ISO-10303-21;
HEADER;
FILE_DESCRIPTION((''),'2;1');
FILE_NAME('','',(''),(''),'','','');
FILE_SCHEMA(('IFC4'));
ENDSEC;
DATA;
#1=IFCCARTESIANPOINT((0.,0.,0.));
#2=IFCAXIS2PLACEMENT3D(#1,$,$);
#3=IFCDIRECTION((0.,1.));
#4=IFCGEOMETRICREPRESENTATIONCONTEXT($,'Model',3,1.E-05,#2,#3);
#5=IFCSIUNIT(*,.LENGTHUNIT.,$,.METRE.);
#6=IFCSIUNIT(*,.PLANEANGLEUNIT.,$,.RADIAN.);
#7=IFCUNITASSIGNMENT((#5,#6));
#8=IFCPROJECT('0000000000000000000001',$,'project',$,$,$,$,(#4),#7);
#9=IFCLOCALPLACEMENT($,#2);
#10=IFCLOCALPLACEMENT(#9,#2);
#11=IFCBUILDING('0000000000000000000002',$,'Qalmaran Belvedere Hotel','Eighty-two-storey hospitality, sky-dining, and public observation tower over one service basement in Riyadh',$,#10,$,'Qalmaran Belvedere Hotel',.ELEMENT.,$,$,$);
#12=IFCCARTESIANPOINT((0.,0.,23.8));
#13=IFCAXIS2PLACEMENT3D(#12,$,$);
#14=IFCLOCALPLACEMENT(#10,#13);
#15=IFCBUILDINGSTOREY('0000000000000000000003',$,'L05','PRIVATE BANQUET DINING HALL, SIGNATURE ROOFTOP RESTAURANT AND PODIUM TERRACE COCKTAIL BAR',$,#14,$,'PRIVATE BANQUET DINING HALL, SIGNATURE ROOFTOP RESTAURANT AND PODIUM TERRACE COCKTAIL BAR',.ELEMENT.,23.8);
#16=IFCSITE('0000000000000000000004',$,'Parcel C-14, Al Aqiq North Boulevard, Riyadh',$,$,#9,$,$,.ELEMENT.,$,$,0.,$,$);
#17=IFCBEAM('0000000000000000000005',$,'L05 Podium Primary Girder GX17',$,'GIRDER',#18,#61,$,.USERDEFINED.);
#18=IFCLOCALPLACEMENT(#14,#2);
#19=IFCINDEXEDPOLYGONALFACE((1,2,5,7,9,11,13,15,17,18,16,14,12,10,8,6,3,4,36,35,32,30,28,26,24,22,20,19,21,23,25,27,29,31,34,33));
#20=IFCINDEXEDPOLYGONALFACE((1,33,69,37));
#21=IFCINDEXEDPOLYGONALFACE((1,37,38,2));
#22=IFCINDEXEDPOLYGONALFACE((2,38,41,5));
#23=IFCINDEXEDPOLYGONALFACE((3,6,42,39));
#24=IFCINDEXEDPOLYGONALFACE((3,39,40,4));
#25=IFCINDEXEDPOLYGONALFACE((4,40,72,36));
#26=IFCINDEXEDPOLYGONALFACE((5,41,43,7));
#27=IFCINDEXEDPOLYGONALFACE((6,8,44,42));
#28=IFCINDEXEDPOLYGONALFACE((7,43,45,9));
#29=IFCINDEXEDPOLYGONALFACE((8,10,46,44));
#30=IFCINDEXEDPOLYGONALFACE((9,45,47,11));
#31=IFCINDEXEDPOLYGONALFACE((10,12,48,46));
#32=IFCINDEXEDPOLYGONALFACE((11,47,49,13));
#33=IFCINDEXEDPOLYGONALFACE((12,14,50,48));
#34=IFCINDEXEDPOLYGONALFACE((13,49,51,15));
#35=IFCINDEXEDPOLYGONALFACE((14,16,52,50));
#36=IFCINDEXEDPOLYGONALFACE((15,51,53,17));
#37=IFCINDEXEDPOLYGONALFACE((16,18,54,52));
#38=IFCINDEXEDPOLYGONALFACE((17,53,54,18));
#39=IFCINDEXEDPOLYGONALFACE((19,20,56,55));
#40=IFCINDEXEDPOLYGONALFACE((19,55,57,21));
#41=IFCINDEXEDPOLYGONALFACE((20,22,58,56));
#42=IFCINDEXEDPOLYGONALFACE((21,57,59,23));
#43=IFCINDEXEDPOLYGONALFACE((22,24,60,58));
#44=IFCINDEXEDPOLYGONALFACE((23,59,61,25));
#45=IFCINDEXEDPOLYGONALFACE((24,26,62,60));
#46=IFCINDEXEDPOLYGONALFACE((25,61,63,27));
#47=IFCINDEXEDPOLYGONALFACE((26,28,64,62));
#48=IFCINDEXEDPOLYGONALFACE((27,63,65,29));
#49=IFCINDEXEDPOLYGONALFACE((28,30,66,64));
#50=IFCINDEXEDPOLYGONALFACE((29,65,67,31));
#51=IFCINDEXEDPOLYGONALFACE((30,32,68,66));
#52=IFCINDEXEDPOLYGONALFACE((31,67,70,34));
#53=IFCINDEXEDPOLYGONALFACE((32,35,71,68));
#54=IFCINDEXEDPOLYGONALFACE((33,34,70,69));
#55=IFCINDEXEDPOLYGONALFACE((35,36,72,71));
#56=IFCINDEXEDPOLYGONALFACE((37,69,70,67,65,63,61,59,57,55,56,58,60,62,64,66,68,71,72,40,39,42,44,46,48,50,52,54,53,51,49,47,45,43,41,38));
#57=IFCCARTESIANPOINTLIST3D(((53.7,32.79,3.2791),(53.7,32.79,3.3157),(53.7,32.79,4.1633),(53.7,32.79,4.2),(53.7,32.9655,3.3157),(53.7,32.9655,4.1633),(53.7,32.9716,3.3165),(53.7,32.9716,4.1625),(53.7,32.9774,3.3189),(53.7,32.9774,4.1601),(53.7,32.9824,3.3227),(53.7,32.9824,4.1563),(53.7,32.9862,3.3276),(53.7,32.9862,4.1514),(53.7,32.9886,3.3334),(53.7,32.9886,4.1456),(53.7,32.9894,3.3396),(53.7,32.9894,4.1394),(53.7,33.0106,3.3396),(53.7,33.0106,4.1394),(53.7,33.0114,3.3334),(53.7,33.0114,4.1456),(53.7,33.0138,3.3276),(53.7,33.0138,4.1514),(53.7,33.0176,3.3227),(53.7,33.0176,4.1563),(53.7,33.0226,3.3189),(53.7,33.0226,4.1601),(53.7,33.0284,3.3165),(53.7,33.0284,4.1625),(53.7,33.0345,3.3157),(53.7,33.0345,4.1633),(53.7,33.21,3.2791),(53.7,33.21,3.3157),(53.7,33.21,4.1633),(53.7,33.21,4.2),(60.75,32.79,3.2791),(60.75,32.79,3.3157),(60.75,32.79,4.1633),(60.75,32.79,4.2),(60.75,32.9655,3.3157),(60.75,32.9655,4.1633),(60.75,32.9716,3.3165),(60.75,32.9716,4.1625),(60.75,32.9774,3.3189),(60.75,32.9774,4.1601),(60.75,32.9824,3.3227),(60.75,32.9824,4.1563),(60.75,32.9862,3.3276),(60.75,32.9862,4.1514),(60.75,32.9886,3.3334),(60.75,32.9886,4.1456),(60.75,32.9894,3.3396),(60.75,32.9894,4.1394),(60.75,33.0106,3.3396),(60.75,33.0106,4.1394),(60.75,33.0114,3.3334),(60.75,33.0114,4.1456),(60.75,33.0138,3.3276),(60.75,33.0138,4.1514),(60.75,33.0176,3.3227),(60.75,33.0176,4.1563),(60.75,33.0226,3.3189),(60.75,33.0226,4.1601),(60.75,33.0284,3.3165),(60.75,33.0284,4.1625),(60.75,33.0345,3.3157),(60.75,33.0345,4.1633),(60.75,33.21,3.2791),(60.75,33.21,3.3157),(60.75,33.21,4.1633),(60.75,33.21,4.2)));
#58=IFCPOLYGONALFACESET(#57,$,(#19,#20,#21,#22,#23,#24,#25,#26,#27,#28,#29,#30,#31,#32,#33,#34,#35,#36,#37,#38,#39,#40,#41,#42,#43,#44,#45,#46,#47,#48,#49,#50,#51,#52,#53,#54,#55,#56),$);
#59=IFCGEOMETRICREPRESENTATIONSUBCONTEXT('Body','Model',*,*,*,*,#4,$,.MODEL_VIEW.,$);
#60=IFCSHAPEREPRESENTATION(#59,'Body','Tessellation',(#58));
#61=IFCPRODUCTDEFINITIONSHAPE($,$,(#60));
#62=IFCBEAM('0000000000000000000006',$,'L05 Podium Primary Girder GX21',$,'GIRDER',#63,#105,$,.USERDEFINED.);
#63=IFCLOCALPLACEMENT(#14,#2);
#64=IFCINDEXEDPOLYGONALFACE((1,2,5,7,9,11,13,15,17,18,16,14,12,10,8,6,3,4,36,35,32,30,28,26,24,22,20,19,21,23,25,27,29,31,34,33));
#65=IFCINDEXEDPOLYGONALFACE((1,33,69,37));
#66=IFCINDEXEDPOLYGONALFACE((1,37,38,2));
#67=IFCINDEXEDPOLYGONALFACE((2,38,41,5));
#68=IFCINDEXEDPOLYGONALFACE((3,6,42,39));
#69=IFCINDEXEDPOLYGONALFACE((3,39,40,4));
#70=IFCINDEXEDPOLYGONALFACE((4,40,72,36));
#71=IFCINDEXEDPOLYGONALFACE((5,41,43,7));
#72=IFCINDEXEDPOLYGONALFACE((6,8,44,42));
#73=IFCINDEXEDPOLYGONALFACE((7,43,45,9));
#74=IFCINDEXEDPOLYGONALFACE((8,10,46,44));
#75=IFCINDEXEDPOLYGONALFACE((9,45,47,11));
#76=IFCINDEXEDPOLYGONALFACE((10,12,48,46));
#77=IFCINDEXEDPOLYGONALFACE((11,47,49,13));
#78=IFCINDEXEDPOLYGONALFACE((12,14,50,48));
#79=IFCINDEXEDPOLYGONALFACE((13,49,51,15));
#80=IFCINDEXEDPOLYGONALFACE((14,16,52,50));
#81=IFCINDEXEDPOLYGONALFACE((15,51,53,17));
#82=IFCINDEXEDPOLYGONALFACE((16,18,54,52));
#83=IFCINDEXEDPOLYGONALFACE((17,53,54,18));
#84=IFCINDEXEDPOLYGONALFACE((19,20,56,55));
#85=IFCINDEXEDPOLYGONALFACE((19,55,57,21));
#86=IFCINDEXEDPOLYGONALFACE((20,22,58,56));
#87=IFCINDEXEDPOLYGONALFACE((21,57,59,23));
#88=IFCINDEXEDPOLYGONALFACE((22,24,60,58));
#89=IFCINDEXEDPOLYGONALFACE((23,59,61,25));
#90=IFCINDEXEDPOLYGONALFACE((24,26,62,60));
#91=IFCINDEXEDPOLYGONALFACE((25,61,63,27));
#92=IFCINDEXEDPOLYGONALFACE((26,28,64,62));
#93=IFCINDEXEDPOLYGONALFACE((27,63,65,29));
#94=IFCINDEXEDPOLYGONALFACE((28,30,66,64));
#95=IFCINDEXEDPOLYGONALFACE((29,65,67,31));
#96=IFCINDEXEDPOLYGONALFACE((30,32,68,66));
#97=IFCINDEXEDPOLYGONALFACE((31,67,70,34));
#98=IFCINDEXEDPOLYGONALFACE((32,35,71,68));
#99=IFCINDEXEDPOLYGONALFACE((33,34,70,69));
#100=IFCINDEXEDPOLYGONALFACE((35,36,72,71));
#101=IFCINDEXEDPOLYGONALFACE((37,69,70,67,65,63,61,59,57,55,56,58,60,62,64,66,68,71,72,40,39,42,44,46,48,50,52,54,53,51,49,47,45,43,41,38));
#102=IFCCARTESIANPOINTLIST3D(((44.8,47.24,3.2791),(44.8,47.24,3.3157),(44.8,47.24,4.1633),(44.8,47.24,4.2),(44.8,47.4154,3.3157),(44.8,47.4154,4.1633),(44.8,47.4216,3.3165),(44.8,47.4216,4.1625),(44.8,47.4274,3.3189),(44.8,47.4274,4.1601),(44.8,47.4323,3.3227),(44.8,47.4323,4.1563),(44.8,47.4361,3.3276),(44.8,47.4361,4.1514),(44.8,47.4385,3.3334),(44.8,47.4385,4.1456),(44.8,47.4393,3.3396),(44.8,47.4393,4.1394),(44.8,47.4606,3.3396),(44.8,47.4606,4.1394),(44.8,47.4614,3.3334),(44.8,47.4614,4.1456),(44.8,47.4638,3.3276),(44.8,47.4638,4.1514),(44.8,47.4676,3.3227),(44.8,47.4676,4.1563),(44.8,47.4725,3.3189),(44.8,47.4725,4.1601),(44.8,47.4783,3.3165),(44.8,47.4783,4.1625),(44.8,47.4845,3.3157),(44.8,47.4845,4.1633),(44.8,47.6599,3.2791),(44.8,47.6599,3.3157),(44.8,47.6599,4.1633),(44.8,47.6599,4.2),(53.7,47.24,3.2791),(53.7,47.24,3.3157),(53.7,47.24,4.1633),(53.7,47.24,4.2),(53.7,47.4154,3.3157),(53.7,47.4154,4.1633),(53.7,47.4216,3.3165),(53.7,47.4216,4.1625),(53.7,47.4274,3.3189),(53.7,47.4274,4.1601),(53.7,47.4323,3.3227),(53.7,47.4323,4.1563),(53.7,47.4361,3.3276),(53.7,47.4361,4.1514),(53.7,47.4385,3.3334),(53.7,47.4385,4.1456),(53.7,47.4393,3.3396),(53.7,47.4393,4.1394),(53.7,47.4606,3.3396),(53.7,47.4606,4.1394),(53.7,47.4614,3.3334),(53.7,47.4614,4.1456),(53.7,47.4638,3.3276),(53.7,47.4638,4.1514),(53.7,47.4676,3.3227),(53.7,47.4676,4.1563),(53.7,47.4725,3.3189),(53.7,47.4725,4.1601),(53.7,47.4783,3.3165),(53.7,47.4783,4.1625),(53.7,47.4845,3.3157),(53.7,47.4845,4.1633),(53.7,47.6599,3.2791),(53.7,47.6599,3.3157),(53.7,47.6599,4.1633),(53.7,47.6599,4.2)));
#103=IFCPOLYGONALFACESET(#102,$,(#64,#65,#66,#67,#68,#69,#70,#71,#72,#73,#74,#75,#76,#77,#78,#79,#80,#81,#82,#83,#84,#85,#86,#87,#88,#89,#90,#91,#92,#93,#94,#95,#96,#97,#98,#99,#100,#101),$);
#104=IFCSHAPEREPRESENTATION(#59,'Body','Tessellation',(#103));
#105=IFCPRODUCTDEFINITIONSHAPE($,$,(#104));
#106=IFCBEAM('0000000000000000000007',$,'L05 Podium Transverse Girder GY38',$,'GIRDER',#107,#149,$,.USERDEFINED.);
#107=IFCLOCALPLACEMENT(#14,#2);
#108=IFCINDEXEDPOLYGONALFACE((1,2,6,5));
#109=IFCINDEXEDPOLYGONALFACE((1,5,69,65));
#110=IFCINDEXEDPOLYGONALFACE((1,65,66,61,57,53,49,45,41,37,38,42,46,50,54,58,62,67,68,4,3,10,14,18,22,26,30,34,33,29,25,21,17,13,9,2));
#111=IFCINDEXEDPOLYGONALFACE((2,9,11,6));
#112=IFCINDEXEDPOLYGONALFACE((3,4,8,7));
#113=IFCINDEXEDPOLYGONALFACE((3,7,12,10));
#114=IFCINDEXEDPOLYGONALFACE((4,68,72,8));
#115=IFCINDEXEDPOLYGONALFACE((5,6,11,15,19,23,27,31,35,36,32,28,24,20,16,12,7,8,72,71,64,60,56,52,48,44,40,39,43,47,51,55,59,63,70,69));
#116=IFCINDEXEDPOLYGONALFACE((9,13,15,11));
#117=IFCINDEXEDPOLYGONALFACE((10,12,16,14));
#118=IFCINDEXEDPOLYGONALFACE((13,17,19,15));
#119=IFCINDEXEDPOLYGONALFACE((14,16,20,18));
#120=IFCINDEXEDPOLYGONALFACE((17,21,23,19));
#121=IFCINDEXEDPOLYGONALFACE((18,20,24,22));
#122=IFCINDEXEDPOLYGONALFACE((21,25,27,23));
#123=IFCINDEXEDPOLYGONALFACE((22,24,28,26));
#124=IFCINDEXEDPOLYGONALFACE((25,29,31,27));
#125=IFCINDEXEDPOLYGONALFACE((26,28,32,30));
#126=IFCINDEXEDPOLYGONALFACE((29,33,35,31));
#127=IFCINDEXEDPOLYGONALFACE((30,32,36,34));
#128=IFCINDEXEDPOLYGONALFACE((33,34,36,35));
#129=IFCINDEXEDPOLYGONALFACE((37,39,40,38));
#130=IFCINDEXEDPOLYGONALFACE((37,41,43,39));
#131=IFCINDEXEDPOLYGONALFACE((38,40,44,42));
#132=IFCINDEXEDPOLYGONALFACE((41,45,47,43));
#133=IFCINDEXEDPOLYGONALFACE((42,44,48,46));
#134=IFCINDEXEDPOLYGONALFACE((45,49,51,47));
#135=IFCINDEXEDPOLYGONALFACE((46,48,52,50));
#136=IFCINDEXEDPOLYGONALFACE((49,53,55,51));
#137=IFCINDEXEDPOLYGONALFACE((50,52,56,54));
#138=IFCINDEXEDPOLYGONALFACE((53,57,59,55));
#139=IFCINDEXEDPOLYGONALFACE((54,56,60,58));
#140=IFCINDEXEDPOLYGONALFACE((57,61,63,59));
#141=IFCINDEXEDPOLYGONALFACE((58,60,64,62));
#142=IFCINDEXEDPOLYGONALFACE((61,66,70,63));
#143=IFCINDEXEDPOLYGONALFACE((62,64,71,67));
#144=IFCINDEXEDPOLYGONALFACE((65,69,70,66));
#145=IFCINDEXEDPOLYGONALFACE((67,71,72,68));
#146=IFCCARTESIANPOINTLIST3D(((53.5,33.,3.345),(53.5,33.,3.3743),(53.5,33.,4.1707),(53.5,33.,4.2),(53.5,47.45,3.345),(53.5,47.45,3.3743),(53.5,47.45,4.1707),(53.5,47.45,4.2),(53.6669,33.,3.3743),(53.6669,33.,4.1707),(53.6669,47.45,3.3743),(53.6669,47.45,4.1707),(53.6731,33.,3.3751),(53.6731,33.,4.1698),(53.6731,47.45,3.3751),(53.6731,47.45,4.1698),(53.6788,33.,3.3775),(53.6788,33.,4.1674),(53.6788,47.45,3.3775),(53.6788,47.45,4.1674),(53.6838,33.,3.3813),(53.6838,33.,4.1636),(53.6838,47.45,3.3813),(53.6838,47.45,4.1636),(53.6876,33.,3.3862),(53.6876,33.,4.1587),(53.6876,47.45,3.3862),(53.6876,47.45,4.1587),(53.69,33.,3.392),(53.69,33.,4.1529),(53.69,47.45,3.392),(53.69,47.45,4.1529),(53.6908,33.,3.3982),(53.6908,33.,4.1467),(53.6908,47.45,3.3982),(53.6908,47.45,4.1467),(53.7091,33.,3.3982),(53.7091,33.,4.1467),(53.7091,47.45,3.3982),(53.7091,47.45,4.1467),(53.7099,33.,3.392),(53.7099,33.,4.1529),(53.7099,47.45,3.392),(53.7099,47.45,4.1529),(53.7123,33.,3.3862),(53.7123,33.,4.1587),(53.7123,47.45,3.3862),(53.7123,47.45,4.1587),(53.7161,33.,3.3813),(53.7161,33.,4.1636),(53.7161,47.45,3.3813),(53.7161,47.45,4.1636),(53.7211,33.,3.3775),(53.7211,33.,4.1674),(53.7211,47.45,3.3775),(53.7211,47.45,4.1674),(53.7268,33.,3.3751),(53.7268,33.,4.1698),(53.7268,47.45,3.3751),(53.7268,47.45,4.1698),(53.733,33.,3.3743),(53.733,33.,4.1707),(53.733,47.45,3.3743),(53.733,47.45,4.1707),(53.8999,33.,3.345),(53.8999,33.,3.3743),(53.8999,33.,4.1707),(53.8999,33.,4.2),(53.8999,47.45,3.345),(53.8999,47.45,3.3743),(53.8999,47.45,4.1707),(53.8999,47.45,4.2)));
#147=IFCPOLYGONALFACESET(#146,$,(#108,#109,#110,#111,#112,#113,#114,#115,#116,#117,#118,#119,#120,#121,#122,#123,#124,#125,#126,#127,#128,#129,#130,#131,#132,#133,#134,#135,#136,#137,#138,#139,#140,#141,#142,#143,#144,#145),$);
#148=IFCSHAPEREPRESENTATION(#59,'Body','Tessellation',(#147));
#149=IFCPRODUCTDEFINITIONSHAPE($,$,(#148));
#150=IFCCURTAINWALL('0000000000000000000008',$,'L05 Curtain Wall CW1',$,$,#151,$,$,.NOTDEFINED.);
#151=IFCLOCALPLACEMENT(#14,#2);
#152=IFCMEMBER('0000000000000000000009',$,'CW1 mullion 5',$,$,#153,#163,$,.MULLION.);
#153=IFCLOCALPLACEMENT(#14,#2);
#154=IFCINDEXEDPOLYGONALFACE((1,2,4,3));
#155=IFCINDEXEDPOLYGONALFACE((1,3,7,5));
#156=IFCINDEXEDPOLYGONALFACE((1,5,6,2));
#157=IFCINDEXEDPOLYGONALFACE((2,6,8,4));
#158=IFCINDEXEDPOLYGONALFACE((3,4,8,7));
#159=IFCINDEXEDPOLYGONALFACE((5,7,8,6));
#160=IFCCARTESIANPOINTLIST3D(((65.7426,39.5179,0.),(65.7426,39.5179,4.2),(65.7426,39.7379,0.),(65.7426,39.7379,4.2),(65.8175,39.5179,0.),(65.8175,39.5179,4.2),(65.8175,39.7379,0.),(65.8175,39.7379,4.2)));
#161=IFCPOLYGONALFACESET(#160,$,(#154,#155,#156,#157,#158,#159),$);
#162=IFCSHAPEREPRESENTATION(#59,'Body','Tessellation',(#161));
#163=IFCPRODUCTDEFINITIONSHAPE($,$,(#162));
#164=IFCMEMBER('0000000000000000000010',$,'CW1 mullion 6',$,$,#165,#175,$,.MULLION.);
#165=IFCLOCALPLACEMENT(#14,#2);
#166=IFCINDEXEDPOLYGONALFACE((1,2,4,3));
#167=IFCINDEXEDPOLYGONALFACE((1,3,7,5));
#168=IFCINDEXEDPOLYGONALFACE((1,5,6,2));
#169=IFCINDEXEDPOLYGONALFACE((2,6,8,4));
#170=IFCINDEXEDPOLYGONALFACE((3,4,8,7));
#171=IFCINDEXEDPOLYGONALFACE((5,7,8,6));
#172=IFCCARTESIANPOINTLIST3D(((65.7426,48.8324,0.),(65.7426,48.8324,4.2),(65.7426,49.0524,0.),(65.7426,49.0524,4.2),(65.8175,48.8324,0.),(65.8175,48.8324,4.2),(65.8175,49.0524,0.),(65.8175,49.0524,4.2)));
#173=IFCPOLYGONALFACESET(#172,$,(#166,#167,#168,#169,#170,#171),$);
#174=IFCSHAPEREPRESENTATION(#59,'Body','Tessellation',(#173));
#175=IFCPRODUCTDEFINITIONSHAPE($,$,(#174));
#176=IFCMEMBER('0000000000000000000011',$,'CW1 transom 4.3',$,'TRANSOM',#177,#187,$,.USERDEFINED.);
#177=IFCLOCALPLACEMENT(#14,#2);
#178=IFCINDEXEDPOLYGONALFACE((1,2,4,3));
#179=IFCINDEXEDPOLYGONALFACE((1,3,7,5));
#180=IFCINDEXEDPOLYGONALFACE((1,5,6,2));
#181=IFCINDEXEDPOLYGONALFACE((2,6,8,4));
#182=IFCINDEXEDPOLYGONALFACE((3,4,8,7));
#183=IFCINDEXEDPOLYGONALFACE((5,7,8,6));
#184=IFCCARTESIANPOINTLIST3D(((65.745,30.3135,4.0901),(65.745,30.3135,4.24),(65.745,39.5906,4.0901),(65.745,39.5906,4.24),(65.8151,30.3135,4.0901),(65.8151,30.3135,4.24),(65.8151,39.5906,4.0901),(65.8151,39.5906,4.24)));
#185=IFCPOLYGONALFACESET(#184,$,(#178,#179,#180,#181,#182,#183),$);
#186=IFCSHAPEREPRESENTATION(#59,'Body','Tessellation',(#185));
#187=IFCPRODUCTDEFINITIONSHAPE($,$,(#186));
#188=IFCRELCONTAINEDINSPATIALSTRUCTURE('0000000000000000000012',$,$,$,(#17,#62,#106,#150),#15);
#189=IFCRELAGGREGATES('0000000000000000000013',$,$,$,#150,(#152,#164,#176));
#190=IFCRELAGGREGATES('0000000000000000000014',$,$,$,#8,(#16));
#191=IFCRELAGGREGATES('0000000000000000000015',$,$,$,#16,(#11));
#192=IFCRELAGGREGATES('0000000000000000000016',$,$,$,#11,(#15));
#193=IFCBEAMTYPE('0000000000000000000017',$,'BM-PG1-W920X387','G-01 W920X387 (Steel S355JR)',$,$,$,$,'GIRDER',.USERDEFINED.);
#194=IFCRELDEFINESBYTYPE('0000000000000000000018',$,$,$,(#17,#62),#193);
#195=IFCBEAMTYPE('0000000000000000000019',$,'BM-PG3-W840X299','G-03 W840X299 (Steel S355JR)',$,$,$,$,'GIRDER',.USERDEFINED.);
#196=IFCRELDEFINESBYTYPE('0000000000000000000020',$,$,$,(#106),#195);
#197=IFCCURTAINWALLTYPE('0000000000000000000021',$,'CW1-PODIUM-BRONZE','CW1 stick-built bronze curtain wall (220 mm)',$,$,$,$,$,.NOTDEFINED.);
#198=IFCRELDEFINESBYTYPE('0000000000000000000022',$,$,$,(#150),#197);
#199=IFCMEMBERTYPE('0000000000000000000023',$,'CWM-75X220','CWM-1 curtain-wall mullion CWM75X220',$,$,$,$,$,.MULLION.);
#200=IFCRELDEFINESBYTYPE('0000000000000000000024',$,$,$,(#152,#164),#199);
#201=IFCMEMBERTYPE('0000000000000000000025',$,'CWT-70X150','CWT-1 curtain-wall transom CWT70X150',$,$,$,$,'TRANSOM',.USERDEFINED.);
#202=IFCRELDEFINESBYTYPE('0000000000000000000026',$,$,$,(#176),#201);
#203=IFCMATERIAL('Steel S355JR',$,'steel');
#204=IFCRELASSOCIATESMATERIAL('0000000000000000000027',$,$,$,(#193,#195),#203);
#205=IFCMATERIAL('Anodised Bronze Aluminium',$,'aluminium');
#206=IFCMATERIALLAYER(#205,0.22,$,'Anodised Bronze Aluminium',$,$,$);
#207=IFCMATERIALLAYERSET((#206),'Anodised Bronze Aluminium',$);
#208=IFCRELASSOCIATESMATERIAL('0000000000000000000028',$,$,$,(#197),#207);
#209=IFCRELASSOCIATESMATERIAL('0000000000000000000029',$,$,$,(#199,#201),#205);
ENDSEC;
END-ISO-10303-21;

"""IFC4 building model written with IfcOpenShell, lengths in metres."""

from ifc_helpers import new_model, si_unit, direction, frame, origin, origin_2d, place, context, subcontext, project, spatial, rectangle, i_section, extrude, material, layer, layer_set, material_profile, profile_set, type_object, element, aggregate, save


model = new_model("IFC4")

# Units and contexts
model_context = context("Model", 3, precision=1e-05, world=origin(), true_north=direction((0.0, 1.0)))
body_context = subcontext(model_context, "Body", "Model", "MODEL_VIEW")
ifc_project = project(units=[si_unit("LENGTHUNIT", "METRE"), si_unit("PLANEANGLEUNIT", "RADIAN")], contexts=[model_context])

# Site, building, storey
site_placement = place(None, origin())
site = spatial("IfcSite", under=ifc_project, at=site_placement, Name="Parcel C-14, Al Aqiq North Boulevard, Riyadh", CompositionType="ELEMENT", RefElevation=0.0)
building_placement = place(site_placement, origin())
building = spatial("IfcBuilding", under=site, at=building_placement, Name="Qalmaran Belvedere Hotel", Description="Eighty-two-storey hospitality, sky-dining, and public observation tower over one service basement in Riyadh", LongName="Qalmaran Belvedere Hotel", CompositionType="ELEMENT")
storey_placement = place(building_placement, frame((0.0, 0.0, 23.8)))
storey = spatial("IfcBuildingStorey", under=building, at=storey_placement, Name="L05", Description="PRIVATE BANQUET DINING HALL, SIGNATURE ROOFTOP RESTAURANT AND PODIUM TERRACE COCKTAIL BAR", LongName="PRIVATE BANQUET DINING HALL, SIGNATURE ROOFTOP RESTAURANT AND PODIUM TERRACE COCKTAIL BAR", CompositionType="ELEMENT", Elevation=23.8)

# Beams
ifc_material_1 = material(Name="Steel S355JR", Category="steel")
ifc_material_profile_1 = material_profile(ifc_material_1, i_section(OverallWidth=0.4199, OverallDepth=0.9209, WebThickness=0.0212, FlangeThickness=0.0366, FilletRadius=0.0239, at=origin_2d()), Name="W920X387")
ifc_profile_set_1 = profile_set([ifc_material_profile_1], Name="Steel S355JR")
beam_type_1 = type_object("IfcBeamType", Name="BM-PG1-W920X387", Description="G-01 W920X387 (Steel S355JR)", ElementType="GIRDER", PredefinedType="USERDEFINED", material=ifc_profile_set_1)
beam_1_placement = place(storey_placement, frame((53.7, 33.0, 3.7395), z_axis=(1.0, 0.0, 0.0), x_axis=(0.0, 1.0, 0.0)))
element("IfcBeam", 1, at=beam_1_placement, inside=storey, type_object=beam_type_1, Name="L05 Podium Primary Girder GX17", ObjectType="GIRDER", PredefinedType="USERDEFINED", context=body_context, shape_type="SweptSolid", body=[
    extrude(i_section(OverallWidth=0.4199, OverallDepth=0.9209, WebThickness=0.0212, FlangeThickness=0.0366, FilletRadius=0.0239, at=origin_2d()), origin(), (0.0, 0.0, 1.0), 7.05),
])
beam_2_placement = place(storey_placement, frame((44.8, 47.45, 3.7395), z_axis=(1.0, 0.0, 0.0), x_axis=(0.0, 1.0, 0.0)))
element("IfcBeam", 2, at=beam_2_placement, inside=storey, type_object=beam_type_1, Name="L05 Podium Primary Girder GX21", ObjectType="GIRDER", PredefinedType="USERDEFINED", context=body_context, shape_type="SweptSolid", body=[
    extrude(i_section(OverallWidth=0.4199, OverallDepth=0.9209, WebThickness=0.0212, FlangeThickness=0.0366, FilletRadius=0.0239, at=origin_2d()), origin(), (0.0, 0.0, 1.0), 8.8999),
])
ifc_material_profile_2 = material_profile(ifc_material_1, i_section(OverallWidth=0.3999, OverallDepth=0.855, WebThickness=0.0183, FlangeThickness=0.0293, FilletRadius=0.0239, at=origin_2d()), Name="W840X299")
ifc_profile_set_2 = profile_set([ifc_material_profile_2], Name="Steel S355JR")
beam_type_2 = type_object("IfcBeamType", Name="BM-PG3-W840X299", Description="G-03 W840X299 (Steel S355JR)", ElementType="GIRDER", PredefinedType="USERDEFINED", material=ifc_profile_set_2)
beam_3_placement = place(storey_placement, frame((53.7, 33.0, 3.7725), z_axis=(0.0, 1.0, 0.0), x_axis=(-1.0, 0.0, 0.0)))
element("IfcBeam", 3, at=beam_3_placement, inside=storey, type_object=beam_type_2, Name="L05 Podium Transverse Girder GY38", ObjectType="GIRDER", PredefinedType="USERDEFINED", context=body_context, shape_type="SweptSolid", body=[
    extrude(i_section(OverallWidth=0.3999, OverallDepth=0.855, WebThickness=0.0183, FlangeThickness=0.0293, FilletRadius=0.0239, at=origin_2d()), origin(), (0.0, 0.0, 1.0), 14.45),
])

# Curtain wall, members
ifc_material_2 = material(Name="Anodised Bronze Aluminium", Category="aluminium")
ifc_layer_1 = layer(ifc_material_2, 0.22, Name="Anodised Bronze Aluminium")
ifc_layer_set_1 = layer_set([ifc_layer_1], Name="Anodised Bronze Aluminium")
curtain_wall_type = type_object("IfcCurtainWallType", Name="CW1-PODIUM-BRONZE", Description="CW1 stick-built bronze curtain wall (220 mm)", PredefinedType="NOTDEFINED", material=ifc_layer_set_1)
curtain_wall_placement = place(storey_placement, origin())
curtain_wall = element("IfcCurtainWall", 4, at=curtain_wall_placement, inside=storey, type_object=curtain_wall_type, Name="L05 Curtain Wall CW1", PredefinedType="NOTDEFINED")
ifc_material_profile_3 = material_profile(ifc_material_2, rectangle(XDim=0.075, YDim=0.22, at=origin_2d()), Name="CWM75X220")
ifc_profile_set_3 = profile_set([ifc_material_profile_3], Name="Anodised Bronze Aluminium")
member_type_1 = type_object("IfcMemberType", Name="CWM-75X220", Description="CWM-1 curtain-wall mullion CWM75X220", PredefinedType="MULLION", material=ifc_profile_set_3)
member_1_placement = place(storey_placement, frame((65.78, 39.6279, 0.0), z_axis=(0.0, 0.0, 1.0), x_axis=(-1.0, 0.0, 0.0)))
member_1 = element("IfcMember", 5, at=member_1_placement, type_object=member_type_1, Name="CW1 mullion 5", PredefinedType="MULLION", context=body_context, shape_type="SweptSolid", body=[
    extrude(rectangle(XDim=0.075, YDim=0.22, at=origin_2d()), origin(), (0.0, 0.0, 1.0), 4.2),
])
member_2_placement = place(storey_placement, frame((65.78, 48.9424, 0.0), z_axis=(0.0, 0.0, 1.0), x_axis=(-1.0, 0.0, 0.0)))
member_2 = element("IfcMember", 6, at=member_2_placement, type_object=member_type_1, Name="CW1 mullion 6", PredefinedType="MULLION", context=body_context, shape_type="SweptSolid", body=[
    extrude(rectangle(XDim=0.075, YDim=0.22, at=origin_2d()), origin(), (0.0, 0.0, 1.0), 4.2),
])
ifc_material_profile_4 = material_profile(ifc_material_2, rectangle(XDim=0.0701, YDim=0.1499, at=origin_2d()), Name="CWT70X150")
ifc_profile_set_4 = profile_set([ifc_material_profile_4], Name="Anodised Bronze Aluminium")
member_type_2 = type_object("IfcMemberType", Name="CWT-70X150", Description="CWT-1 curtain-wall transom CWT70X150", ElementType="TRANSOM", PredefinedType="USERDEFINED", material=ifc_profile_set_4)
member_3_placement = place(storey_placement, frame((65.78, 30.3135, 4.165), z_axis=(0.0, 1.0, 0.0), x_axis=(-1.0, 0.0, 0.0)))
member_3 = element("IfcMember", 7, at=member_3_placement, type_object=member_type_2, Name="CW1 transom 4.3", ObjectType="TRANSOM", PredefinedType="USERDEFINED", context=body_context, shape_type="SweptSolid", body=[
    extrude(rectangle(XDim=0.0701, YDim=0.1499, at=origin_2d()), origin(), (0.0, 0.0, 1.0), 9.2771),
])
aggregate(curtain_wall, [member_1, member_2, member_3])

save(model, "model.ifc")
